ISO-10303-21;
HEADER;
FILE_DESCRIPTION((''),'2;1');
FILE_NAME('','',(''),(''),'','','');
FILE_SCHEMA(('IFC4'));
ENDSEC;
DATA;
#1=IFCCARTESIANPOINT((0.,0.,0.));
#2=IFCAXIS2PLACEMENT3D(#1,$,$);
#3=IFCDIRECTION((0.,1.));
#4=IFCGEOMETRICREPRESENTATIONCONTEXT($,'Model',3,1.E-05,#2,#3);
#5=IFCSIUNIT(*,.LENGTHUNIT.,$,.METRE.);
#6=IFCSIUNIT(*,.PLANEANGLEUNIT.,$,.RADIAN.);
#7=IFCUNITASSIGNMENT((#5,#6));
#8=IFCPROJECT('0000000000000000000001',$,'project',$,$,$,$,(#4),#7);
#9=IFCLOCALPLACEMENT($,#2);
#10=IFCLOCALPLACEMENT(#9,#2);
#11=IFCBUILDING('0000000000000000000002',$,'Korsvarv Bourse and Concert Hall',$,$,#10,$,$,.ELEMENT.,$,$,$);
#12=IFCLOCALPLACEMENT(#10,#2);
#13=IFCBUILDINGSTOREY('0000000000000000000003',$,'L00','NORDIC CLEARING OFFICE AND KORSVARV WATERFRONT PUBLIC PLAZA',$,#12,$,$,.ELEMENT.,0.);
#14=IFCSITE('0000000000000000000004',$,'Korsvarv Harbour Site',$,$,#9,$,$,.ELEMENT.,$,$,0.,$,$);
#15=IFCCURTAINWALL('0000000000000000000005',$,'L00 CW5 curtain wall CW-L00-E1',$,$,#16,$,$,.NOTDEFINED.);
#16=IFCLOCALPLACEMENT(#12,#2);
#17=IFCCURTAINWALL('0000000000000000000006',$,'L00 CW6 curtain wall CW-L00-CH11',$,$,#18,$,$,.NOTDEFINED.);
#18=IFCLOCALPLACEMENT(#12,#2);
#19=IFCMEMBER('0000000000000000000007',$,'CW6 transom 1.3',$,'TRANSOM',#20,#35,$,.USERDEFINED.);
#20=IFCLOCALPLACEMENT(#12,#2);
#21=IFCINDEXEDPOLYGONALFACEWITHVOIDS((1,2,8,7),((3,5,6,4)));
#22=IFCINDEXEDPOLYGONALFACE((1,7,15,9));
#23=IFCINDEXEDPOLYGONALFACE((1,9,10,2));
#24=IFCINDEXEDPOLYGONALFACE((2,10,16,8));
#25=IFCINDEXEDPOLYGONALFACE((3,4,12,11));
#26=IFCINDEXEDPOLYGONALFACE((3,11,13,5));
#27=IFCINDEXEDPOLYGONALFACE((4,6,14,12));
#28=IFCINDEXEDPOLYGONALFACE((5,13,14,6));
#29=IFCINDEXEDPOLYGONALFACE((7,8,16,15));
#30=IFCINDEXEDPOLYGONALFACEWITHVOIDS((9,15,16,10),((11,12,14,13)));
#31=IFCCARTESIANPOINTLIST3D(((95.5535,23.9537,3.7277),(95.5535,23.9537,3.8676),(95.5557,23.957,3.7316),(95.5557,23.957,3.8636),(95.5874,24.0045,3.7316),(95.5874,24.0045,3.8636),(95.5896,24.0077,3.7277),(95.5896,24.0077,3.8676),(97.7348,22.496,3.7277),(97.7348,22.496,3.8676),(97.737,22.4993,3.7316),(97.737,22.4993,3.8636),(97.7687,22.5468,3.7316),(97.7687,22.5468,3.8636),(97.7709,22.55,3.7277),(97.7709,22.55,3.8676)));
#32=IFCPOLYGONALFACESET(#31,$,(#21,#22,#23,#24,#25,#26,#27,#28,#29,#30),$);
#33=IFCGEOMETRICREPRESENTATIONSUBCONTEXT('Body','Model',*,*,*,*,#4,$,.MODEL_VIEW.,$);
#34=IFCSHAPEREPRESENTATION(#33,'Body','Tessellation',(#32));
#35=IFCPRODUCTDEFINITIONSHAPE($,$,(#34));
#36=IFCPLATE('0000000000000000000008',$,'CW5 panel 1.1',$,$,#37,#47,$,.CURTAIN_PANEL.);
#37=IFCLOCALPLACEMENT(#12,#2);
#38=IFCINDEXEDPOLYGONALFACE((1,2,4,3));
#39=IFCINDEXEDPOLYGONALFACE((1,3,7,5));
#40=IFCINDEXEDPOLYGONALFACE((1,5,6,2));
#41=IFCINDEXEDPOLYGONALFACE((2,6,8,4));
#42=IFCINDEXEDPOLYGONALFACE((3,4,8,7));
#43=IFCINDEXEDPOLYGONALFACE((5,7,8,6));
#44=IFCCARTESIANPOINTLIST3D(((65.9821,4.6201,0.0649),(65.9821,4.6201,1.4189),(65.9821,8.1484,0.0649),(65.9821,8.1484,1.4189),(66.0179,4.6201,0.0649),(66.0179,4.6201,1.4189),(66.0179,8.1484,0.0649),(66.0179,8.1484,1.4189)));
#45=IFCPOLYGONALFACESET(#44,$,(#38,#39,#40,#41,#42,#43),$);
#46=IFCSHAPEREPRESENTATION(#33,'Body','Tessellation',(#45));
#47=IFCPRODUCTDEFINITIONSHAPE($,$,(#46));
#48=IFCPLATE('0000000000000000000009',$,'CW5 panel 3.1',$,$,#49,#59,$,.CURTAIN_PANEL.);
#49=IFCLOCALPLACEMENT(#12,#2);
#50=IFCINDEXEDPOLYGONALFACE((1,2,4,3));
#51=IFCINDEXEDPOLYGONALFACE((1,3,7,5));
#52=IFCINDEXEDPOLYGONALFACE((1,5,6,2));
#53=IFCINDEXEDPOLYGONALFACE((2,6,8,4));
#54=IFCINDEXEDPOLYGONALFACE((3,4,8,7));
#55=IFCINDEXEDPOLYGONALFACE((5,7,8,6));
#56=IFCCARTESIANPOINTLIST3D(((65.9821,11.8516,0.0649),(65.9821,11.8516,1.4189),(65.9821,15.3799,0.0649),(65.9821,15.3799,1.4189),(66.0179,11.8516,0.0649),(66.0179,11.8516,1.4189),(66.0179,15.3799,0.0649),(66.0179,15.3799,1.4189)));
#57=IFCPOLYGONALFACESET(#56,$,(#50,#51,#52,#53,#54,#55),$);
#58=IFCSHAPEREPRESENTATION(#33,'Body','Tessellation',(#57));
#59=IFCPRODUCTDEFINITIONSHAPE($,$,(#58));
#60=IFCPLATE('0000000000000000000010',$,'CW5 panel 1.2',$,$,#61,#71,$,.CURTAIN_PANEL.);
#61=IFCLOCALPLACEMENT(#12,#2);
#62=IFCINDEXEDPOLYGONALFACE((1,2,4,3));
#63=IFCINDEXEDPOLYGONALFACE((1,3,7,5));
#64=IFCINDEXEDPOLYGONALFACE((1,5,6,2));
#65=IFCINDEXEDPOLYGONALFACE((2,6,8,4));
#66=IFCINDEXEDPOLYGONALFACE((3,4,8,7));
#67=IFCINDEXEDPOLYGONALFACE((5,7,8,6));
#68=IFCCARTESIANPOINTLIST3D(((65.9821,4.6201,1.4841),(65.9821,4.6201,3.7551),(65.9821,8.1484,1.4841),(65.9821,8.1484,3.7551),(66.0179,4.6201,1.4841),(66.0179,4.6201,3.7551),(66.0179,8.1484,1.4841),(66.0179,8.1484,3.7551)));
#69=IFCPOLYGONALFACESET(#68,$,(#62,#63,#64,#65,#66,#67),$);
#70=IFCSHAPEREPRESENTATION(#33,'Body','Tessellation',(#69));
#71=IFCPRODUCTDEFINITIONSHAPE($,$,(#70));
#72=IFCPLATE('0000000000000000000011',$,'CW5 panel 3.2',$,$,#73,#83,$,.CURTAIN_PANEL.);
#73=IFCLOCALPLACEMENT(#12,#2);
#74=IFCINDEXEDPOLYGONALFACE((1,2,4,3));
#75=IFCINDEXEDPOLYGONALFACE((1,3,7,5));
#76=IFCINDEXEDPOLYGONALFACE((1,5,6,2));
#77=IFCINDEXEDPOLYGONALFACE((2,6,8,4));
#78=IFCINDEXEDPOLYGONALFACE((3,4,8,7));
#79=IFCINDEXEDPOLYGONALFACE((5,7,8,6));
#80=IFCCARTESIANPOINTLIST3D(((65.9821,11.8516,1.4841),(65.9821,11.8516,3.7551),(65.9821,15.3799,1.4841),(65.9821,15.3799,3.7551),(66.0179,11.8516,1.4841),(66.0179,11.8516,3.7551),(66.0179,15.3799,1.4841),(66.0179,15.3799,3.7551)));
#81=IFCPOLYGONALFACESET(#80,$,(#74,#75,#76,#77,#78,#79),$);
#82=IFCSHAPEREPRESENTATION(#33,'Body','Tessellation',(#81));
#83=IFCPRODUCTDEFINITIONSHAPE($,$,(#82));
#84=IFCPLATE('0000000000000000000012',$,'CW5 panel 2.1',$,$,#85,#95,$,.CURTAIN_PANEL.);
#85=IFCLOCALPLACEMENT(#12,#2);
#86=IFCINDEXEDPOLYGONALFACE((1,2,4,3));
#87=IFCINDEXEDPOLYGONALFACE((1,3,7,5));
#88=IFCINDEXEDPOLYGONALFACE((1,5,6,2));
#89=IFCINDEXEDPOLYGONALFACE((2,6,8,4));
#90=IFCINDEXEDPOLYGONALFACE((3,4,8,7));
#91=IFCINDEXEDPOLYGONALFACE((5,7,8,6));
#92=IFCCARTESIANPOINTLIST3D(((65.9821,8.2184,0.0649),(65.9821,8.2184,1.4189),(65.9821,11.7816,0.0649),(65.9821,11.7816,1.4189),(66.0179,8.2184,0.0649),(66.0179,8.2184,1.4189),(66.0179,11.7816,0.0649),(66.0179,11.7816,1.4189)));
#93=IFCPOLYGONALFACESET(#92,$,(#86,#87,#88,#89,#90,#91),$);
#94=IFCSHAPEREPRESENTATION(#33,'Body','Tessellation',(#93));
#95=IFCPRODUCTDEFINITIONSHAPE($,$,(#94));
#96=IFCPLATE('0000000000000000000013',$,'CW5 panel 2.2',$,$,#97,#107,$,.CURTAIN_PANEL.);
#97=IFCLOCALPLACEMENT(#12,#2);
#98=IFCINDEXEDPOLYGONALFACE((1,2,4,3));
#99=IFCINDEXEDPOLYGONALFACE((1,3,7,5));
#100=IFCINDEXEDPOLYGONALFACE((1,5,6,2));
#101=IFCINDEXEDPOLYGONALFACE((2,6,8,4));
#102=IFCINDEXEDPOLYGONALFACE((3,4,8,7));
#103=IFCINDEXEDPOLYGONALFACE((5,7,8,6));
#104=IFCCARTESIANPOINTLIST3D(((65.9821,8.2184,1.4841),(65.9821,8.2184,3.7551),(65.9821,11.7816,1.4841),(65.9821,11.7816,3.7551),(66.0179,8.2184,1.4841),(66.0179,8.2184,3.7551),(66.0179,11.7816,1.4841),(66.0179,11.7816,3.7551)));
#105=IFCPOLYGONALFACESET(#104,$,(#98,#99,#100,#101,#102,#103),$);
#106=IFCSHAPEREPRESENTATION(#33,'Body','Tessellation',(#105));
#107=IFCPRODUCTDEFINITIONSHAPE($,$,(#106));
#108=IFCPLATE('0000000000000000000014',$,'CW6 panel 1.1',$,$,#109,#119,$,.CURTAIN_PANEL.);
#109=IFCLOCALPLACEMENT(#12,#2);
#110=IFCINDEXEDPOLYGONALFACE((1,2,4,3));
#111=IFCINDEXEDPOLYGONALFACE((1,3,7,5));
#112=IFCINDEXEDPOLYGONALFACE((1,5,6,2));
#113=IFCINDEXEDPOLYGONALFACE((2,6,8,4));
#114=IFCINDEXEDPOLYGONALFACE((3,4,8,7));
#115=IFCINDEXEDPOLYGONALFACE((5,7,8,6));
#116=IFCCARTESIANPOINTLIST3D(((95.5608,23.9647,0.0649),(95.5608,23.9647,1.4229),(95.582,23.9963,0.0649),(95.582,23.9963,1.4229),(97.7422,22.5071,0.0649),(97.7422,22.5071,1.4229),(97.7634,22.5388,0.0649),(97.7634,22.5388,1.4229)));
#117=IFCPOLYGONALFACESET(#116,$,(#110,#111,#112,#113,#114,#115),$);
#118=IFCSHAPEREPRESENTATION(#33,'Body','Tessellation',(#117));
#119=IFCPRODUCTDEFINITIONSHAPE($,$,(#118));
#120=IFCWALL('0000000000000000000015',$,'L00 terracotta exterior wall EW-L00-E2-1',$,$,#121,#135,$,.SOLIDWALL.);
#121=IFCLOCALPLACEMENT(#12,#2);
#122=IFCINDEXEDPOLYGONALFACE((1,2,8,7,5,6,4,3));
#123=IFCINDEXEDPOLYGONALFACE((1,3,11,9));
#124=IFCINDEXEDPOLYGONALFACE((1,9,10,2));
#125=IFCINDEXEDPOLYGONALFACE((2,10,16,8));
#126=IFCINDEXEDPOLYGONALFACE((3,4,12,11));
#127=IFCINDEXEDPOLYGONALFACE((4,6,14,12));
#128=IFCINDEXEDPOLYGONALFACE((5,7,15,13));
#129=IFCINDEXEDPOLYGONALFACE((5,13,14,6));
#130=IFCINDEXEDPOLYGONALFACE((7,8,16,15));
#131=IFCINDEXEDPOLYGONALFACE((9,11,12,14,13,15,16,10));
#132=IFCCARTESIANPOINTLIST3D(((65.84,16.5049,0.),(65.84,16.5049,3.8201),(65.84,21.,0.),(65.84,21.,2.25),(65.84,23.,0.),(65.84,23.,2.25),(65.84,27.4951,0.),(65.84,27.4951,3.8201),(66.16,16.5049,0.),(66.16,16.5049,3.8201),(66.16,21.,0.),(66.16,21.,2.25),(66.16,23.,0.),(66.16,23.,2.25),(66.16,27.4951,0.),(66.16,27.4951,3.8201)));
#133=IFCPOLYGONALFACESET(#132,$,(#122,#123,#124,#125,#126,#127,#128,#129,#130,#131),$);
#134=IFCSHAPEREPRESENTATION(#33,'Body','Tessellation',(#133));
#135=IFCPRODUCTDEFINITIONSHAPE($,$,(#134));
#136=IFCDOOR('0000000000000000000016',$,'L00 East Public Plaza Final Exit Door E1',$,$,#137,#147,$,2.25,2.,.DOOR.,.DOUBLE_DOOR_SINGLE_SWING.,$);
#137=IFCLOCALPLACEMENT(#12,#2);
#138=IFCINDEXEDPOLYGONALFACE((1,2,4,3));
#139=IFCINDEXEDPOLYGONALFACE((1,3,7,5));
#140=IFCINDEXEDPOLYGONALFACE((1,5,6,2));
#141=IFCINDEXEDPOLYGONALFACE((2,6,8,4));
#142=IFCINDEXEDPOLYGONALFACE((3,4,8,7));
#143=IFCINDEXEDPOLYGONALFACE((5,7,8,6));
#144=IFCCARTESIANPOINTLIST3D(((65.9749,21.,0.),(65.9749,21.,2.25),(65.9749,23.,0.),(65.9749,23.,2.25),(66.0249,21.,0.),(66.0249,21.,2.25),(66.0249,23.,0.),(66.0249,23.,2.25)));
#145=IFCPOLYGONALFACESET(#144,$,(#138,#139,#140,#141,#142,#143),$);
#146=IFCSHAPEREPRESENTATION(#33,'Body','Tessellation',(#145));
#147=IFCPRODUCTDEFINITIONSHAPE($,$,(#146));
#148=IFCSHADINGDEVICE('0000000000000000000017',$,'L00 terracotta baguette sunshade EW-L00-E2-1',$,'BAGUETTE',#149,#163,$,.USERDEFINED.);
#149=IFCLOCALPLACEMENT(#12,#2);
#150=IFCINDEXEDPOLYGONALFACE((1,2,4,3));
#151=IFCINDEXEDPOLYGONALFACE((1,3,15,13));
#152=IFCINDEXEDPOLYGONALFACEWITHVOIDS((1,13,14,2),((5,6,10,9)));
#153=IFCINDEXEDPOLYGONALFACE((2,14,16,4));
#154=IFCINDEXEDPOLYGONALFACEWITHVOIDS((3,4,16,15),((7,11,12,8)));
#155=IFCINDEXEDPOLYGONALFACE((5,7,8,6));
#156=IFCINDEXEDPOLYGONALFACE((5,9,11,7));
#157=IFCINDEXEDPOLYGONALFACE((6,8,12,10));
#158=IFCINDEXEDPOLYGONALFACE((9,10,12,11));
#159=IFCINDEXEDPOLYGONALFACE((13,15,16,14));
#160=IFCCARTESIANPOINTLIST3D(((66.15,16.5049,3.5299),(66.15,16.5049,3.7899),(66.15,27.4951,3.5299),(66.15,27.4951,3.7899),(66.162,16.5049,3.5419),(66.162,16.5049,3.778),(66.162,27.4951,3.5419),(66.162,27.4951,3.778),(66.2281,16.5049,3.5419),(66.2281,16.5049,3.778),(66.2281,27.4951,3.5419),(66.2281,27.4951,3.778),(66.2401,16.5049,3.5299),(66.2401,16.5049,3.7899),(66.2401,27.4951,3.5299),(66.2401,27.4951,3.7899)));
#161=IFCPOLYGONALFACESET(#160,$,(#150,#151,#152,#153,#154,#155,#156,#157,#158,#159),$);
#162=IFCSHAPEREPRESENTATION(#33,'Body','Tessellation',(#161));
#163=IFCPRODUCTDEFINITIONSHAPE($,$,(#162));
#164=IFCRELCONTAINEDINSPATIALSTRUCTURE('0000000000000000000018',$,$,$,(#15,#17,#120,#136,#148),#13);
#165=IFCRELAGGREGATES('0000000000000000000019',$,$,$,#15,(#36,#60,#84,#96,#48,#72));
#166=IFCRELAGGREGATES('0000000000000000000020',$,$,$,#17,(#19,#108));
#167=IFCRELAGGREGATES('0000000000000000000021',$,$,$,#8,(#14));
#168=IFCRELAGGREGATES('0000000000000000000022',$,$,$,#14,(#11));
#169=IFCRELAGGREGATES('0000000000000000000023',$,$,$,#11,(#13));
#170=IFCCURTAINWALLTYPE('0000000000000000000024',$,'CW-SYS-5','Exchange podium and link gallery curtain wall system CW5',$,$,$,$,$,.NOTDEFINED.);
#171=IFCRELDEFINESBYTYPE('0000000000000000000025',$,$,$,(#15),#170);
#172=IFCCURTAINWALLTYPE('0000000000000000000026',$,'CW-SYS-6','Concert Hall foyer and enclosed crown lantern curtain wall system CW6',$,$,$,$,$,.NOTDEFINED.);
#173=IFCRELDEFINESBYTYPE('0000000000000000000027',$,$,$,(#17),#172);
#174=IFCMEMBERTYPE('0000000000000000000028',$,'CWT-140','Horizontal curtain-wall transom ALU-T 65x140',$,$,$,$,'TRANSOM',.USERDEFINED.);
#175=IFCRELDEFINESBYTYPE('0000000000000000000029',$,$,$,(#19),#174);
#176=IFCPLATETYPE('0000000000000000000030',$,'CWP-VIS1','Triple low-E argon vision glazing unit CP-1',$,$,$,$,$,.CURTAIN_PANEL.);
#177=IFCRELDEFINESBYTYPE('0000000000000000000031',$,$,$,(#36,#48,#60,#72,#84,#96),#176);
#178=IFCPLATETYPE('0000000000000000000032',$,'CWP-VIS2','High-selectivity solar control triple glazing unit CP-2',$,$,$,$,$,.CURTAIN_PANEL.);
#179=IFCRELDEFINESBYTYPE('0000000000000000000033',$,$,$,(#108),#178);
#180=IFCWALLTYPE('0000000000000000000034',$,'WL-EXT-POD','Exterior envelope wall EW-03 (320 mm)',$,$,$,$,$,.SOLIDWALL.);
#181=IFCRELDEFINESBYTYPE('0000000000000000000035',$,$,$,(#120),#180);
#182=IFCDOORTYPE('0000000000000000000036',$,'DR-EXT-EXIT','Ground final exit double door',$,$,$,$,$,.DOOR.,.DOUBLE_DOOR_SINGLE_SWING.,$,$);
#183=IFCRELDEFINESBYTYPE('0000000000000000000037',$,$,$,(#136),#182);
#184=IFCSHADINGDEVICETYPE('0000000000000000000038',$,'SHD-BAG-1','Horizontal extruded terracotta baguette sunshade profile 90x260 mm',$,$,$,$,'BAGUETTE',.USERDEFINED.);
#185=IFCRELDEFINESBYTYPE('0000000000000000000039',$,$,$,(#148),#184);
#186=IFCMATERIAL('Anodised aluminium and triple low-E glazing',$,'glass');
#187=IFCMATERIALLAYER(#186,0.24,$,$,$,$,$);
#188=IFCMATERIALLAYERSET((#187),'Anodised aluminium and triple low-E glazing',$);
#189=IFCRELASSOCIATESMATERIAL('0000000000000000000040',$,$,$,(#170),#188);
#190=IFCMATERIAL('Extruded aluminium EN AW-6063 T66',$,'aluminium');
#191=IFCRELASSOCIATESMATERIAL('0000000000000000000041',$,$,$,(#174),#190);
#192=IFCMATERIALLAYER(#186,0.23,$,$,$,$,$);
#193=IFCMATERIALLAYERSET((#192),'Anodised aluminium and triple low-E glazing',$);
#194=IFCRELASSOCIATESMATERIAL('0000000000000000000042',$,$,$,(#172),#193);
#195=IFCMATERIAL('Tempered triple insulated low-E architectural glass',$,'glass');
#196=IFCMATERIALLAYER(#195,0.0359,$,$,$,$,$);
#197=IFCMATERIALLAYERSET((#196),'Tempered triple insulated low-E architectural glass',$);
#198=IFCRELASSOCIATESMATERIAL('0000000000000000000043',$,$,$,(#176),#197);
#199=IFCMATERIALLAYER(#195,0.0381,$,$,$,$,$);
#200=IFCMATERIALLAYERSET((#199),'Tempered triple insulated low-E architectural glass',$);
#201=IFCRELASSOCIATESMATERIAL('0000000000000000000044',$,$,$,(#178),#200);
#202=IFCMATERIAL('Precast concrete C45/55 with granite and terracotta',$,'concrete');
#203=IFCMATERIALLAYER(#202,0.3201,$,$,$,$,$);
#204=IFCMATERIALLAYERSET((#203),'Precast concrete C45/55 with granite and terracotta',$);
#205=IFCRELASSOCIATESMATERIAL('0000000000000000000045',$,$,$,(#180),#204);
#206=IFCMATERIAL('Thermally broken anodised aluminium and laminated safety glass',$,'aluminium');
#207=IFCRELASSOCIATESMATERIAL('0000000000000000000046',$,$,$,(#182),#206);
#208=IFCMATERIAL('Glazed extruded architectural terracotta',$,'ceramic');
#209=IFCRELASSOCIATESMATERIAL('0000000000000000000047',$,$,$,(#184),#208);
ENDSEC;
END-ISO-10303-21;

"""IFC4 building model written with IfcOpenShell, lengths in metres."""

from ifc_helpers import new_model, si_unit, direction, frame, frame_2d, origin, origin_2d, place, context, subcontext, project, spatial, rectangle, hollow_rectangle, extrude, source, transform, mapped, material, layer, layer_set, material_profile, profile_set, type_object, element, fill, aggregate, save


model = new_model("IFC4")

# Units and contexts
model_context = context("Model", 3, precision=1e-05, world=origin(), true_north=direction((0.0, 1.0)))
body_context = subcontext(model_context, "Body", "Model", "MODEL_VIEW")
ifc_project = project(units=[si_unit("LENGTHUNIT", "METRE"), si_unit("PLANEANGLEUNIT", "RADIAN")], contexts=[model_context])

# Site, building, storey
site_placement = place(None, origin())
site = spatial("IfcSite", under=ifc_project, at=site_placement, Name="Korsvarv Harbour Site", CompositionType="ELEMENT", RefElevation=0.0)
building_placement = place(site_placement, origin())
building = spatial("IfcBuilding", under=site, at=building_placement, Name="Korsvarv Bourse and Concert Hall", CompositionType="ELEMENT")
storey_placement = place(building_placement, origin())
storey = spatial("IfcBuildingStorey", under=building, at=storey_placement, Name="L00", Description="NORDIC CLEARING OFFICE AND KORSVARV WATERFRONT PUBLIC PLAZA", CompositionType="ELEMENT", Elevation=0.0)

# Curtain walls, member
ifc_material_1 = material(Name="Anodised aluminium and triple low-E glazing", Category="glass")
ifc_layer_1 = layer(ifc_material_1, 0.24)
ifc_layer_set_1 = layer_set([ifc_layer_1], Name="Anodised aluminium and triple low-E glazing")
curtain_wall_type_1 = type_object("IfcCurtainWallType", Name="CW-SYS-5", Description="Exchange podium and link gallery curtain wall system CW5", PredefinedType="NOTDEFINED", material=ifc_layer_set_1)
curtain_wall_1_placement = place(storey_placement, origin())
curtain_wall_1 = element("IfcCurtainWall", 1, at=curtain_wall_1_placement, inside=storey, type_object=curtain_wall_type_1, Name="L00 CW5 curtain wall CW-L00-E1", PredefinedType="NOTDEFINED")
ifc_material_2 = material(Name="Extruded aluminium EN AW-6063 T66", Category="aluminium")
ifc_material_profile_1 = material_profile(ifc_material_2, hollow_rectangle(XDim=0.0649, YDim=0.1399, WallThickness=0.0039, at=origin_2d()), Name="ALU-T 65x140")
ifc_profile_set_1 = profile_set([ifc_material_profile_1], Name="Extruded aluminium EN AW-6063 T66")
member_type_1 = type_object("IfcMemberType", Name="CWT-140", Description="Horizontal curtain-wall transom ALU-T 65x140", ElementType="TRANSOM", PredefinedType="USERDEFINED", material=ifc_profile_set_1)
ifc_layer_2 = layer(ifc_material_1, 0.23)
ifc_layer_set_2 = layer_set([ifc_layer_2], Name="Anodised aluminium and triple low-E glazing")
curtain_wall_type_2 = type_object("IfcCurtainWallType", Name="CW-SYS-6", Description="Concert Hall foyer and enclosed crown lantern curtain wall system CW6", PredefinedType="NOTDEFINED", material=ifc_layer_set_2)
curtain_wall_2_placement = place(storey_placement, origin())
curtain_wall_2 = element("IfcCurtainWall", 2, at=curtain_wall_2_placement, inside=storey, type_object=curtain_wall_type_2, Name="L00 CW6 curtain wall CW-L00-CH11", PredefinedType="NOTDEFINED")
shared_shape_1 = source(origin(), body_context, "Body", "SweptSolid", [
    extrude(hollow_rectangle(XDim=0.0649, YDim=0.1399, WallThickness=0.0039, at=origin_2d()), origin(), (0.0, 0.0, 1.0), 2.6235),
])
member_1_placement = place(storey_placement, frame((95.5715, 23.9807, 3.7976), z_axis=(0.831434, -0.555623, 0.0), x_axis=(0.555623, 0.831434, 0.0)))
member_1 = element("IfcMember", 3, at=member_1_placement, type_object=member_type_1, Name="CW6 transom 1.3", ObjectType="TRANSOM", PredefinedType="USERDEFINED", context=body_context, shape_type="MappedRepresentation", body=[
    mapped(shared_shape_1, transform((0.0, 0.0, 0.0), scale=1.0)),
])

# Plates
ifc_material_3 = material(Name="Tempered triple insulated low-E architectural glass", Category="glass")
ifc_layer_3 = layer(ifc_material_3, 0.0359)
ifc_layer_set_3 = layer_set([ifc_layer_3], Name="Tempered triple insulated low-E architectural glass")
plate_type_1 = type_object("IfcPlateType", Name="CWP-VIS1", Description="Triple low-E argon vision glazing unit CP-1", PredefinedType="CURTAIN_PANEL", material=ifc_layer_set_3)
shared_shape_2 = source(origin(), body_context, "Body", "SweptSolid", [
    extrude(rectangle(XDim=3.5283, YDim=0.0359, at=origin_2d()), origin(), (0.0, 0.0, 1.0), 1.354),
])
plate_1_placement = place(storey_placement, frame((66.0, 6.3843, 0.0649), z_axis=(0.0, 0.0, 1.0), x_axis=(0.0, 1.0, 0.0)))
plate_1 = element("IfcPlate", 4, at=plate_1_placement, type_object=plate_type_1, Name="CW5 panel 1.1", PredefinedType="CURTAIN_PANEL", context=body_context, shape_type="MappedRepresentation", body=[
    mapped(shared_shape_2, transform((0.0, 0.0, 0.0), scale=1.0)),
])
plate_2_placement = place(storey_placement, frame((66.0, 13.6157, 0.0649), z_axis=(0.0, 0.0, 1.0), x_axis=(0.0, 1.0, 0.0)))
plate_2 = element("IfcPlate", 5, at=plate_2_placement, type_object=plate_type_1, Name="CW5 panel 3.1", PredefinedType="CURTAIN_PANEL", context=body_context, shape_type="MappedRepresentation", body=[
    mapped(shared_shape_2, transform((0.0, 0.0, 0.0), scale=1.0)),
])
shared_shape_3 = source(origin(), body_context, "Body", "SweptSolid", [
    extrude(rectangle(XDim=3.5283, YDim=0.0359, at=origin_2d()), origin(), (0.0, 0.0, 1.0), 2.271),
])
plate_3_placement = place(storey_placement, frame((66.0, 6.3843, 1.4841), z_axis=(0.0, 0.0, 1.0), x_axis=(0.0, 1.0, 0.0)))
plate_3 = element("IfcPlate", 6, at=plate_3_placement, type_object=plate_type_1, Name="CW5 panel 1.2", PredefinedType="CURTAIN_PANEL", context=body_context, shape_type="MappedRepresentation", body=[
    mapped(shared_shape_3, transform((0.0, 0.0, 0.0), scale=1.0)),
])
plate_4_placement = place(storey_placement, frame((66.0, 13.6157, 1.4841), z_axis=(0.0, 0.0, 1.0), x_axis=(0.0, 1.0, 0.0)))
plate_4 = element("IfcPlate", 7, at=plate_4_placement, type_object=plate_type_1, Name="CW5 panel 3.2", PredefinedType="CURTAIN_PANEL", context=body_context, shape_type="MappedRepresentation", body=[
    mapped(shared_shape_3, transform((0.0, 0.0, 0.0), scale=1.0)),
])
shared_shape_4 = source(origin(), body_context, "Body", "SweptSolid", [
    extrude(rectangle(XDim=3.5632, YDim=0.0359, at=origin_2d()), origin(), (0.0, 0.0, 1.0), 1.354),
])
plate_5_placement = place(storey_placement, frame((66.0, 10.0, 0.0649), z_axis=(0.0, 0.0, 1.0), x_axis=(0.0, 1.0, 0.0)))
plate_5 = element("IfcPlate", 8, at=plate_5_placement, type_object=plate_type_1, Name="CW5 panel 2.1", PredefinedType="CURTAIN_PANEL", context=body_context, shape_type="MappedRepresentation", body=[
    mapped(shared_shape_4, transform((0.0, 0.0, 0.0), scale=1.0)),
])
shared_shape_5 = source(origin(), body_context, "Body", "SweptSolid", [
    extrude(rectangle(XDim=3.5632, YDim=0.0359, at=origin_2d()), origin(), (0.0, 0.0, 1.0), 2.271),
])
plate_6_placement = place(storey_placement, frame((66.0, 10.0, 1.4841), z_axis=(0.0, 0.0, 1.0), x_axis=(0.0, 1.0, 0.0)))
plate_6 = element("IfcPlate", 9, at=plate_6_placement, type_object=plate_type_1, Name="CW5 panel 2.2", PredefinedType="CURTAIN_PANEL", context=body_context, shape_type="MappedRepresentation", body=[
    mapped(shared_shape_5, transform((0.0, 0.0, 0.0), scale=1.0)),
])
aggregate(curtain_wall_1, [plate_1, plate_3, plate_5, plate_6, plate_2, plate_4])
ifc_layer_4 = layer(ifc_material_3, 0.0381)
ifc_layer_set_4 = layer_set([ifc_layer_4], Name="Tempered triple insulated low-E architectural glass")
plate_type_2 = type_object("IfcPlateType", Name="CWP-VIS2", Description="High-selectivity solar control triple glazing unit CP-2", PredefinedType="CURTAIN_PANEL", material=ifc_layer_set_4)
shared_shape_6 = source(origin(), body_context, "Body", "SweptSolid", [
    extrude(rectangle(XDim=2.6235, YDim=0.0381, at=origin_2d()), origin(), (0.0, 0.0, 1.0), 1.3579),
])
plate_7_placement = place(storey_placement, frame((96.6621, 23.2517, 0.0649), z_axis=(0.0, 0.0, 1.0), x_axis=(0.831469, -0.555571, 0.0)))
plate_7 = element("IfcPlate", 10, at=plate_7_placement, type_object=plate_type_2, Name="CW6 panel 1.1", PredefinedType="CURTAIN_PANEL", context=body_context, shape_type="MappedRepresentation", body=[
    mapped(shared_shape_6, transform((0.0, 0.0, 0.0), scale=1.0)),
])
aggregate(curtain_wall_2, [member_1, plate_7])

# Wall, opening, door
ifc_material_4 = material(Name="Precast concrete C45/55 with granite and terracotta", Category="concrete")
ifc_layer_5 = layer(ifc_material_4, 0.3201)
ifc_layer_set_5 = layer_set([ifc_layer_5], Name="Precast concrete C45/55 with granite and terracotta")
wall_type = type_object("IfcWallType", Name="WL-EXT-POD", Description="Exterior envelope wall EW-03 (320 mm)", PredefinedType="SOLIDWALL", material=ifc_layer_set_5)
wall_placement = place(storey_placement, frame((66.0, 16.5049, 0.0), z_axis=(0.0, 0.0, 1.0), x_axis=(0.0, 1.0, 0.0)))
wall = element("IfcWall", 11, at=wall_placement, inside=storey, type_object=wall_type, Name="L00 terracotta exterior wall EW-L00-E2-1", PredefinedType="SOLIDWALL", context=body_context, shape_type="SweptSolid", body=[
    extrude(rectangle(XDim=10.9902, YDim=0.3201, at=frame_2d((5.4951, 0.0))), origin(), (0.0, 0.0, 1.0), 3.8201),
])
opening_placement = place(wall_placement, frame((4.4951, 0.0, 0.0)))
opening = element("IfcOpeningElement", 12, at=opening_placement, cuts=wall, PredefinedType="OPENING", context=body_context, shape_type="SweptSolid", body=[
    extrude(rectangle(XDim=2.0, YDim=2.25, at=frame_2d((1.0, 1.125))), frame((0.0, 0.1699, 0.0), z_axis=(0.0, -1.0, 0.0), x_axis=(1.0, 0.0, 0.0)), (0.0, 0.0, 1.0), 0.3401),
])
ifc_material_5 = material(Name="Thermally broken anodised aluminium and laminated safety glass", Category="aluminium")
door_type = type_object("IfcDoorType", Name="DR-EXT-EXIT", Description="Ground final exit double door", OperationType="DOUBLE_DOOR_SINGLE_SWING", PredefinedType="DOOR", material=ifc_material_5)
door_placement = place(opening_placement, frame((2.0, 0.0, 0.0), z_axis=(0.0, 0.0, 1.0), x_axis=(-1.0, 0.0, 0.0)))
door = element("IfcDoor", 13, at=door_placement, inside=storey, type_object=door_type, Name="L00 East Public Plaza Final Exit Door E1", OperationType="DOUBLE_DOOR_SINGLE_SWING", OverallHeight=2.25, OverallWidth=2.0, PredefinedType="DOOR", context=body_context, shape_type="SweptSolid", body=[
    extrude(rectangle(XDim=2.0, YDim=2.25, at=frame_2d((1.0, 1.125))), frame((0.0, 0.0249, 0.0), z_axis=(0.0, -1.0, 0.0), x_axis=(1.0, 0.0, 0.0)), (0.0, 0.0, 1.0), 0.05),
])
fill(opening, door)

# Shading device
ifc_material_6 = material(Name="Glazed extruded architectural terracotta", Category="ceramic")
ifc_material_profile_2 = material_profile(ifc_material_6, hollow_rectangle(XDim=0.0901, YDim=0.26, WallThickness=0.012, at=origin_2d()), Name="TC-BAG 90x260")
ifc_profile_set_2 = profile_set([ifc_material_profile_2], Name="Glazed extruded architectural terracotta")
shading_device_type = type_object("IfcShadingDeviceType", Name="SHD-BAG-1", Description="Horizontal extruded terracotta baguette sunshade profile 90x260 mm", ElementType="BAGUETTE", PredefinedType="USERDEFINED", material=ifc_profile_set_2)
shared_shape_7 = source(origin(), body_context, "Body", "SweptSolid", [
    extrude(hollow_rectangle(XDim=0.0901, YDim=0.26, WallThickness=0.012, at=origin_2d()), origin(), (0.0, 0.0, 1.0), 10.9902),
])
shading_device_placement = place(storey_placement, frame((66.1951, 16.5049, 3.6599), z_axis=(0.0, 1.0, 0.0), x_axis=(-1.0, 0.0, 0.0)))
element("IfcShadingDevice", 14, at=shading_device_placement, inside=storey, type_object=shading_device_type, Name="L00 terracotta baguette sunshade EW-L00-E2-1", ObjectType="BAGUETTE", PredefinedType="USERDEFINED", context=body_context, shape_type="MappedRepresentation", body=[
    mapped(shared_shape_7, transform((0.0, 0.0, 0.0), scale=1.0)),
])

save(model, "model.ifc")
